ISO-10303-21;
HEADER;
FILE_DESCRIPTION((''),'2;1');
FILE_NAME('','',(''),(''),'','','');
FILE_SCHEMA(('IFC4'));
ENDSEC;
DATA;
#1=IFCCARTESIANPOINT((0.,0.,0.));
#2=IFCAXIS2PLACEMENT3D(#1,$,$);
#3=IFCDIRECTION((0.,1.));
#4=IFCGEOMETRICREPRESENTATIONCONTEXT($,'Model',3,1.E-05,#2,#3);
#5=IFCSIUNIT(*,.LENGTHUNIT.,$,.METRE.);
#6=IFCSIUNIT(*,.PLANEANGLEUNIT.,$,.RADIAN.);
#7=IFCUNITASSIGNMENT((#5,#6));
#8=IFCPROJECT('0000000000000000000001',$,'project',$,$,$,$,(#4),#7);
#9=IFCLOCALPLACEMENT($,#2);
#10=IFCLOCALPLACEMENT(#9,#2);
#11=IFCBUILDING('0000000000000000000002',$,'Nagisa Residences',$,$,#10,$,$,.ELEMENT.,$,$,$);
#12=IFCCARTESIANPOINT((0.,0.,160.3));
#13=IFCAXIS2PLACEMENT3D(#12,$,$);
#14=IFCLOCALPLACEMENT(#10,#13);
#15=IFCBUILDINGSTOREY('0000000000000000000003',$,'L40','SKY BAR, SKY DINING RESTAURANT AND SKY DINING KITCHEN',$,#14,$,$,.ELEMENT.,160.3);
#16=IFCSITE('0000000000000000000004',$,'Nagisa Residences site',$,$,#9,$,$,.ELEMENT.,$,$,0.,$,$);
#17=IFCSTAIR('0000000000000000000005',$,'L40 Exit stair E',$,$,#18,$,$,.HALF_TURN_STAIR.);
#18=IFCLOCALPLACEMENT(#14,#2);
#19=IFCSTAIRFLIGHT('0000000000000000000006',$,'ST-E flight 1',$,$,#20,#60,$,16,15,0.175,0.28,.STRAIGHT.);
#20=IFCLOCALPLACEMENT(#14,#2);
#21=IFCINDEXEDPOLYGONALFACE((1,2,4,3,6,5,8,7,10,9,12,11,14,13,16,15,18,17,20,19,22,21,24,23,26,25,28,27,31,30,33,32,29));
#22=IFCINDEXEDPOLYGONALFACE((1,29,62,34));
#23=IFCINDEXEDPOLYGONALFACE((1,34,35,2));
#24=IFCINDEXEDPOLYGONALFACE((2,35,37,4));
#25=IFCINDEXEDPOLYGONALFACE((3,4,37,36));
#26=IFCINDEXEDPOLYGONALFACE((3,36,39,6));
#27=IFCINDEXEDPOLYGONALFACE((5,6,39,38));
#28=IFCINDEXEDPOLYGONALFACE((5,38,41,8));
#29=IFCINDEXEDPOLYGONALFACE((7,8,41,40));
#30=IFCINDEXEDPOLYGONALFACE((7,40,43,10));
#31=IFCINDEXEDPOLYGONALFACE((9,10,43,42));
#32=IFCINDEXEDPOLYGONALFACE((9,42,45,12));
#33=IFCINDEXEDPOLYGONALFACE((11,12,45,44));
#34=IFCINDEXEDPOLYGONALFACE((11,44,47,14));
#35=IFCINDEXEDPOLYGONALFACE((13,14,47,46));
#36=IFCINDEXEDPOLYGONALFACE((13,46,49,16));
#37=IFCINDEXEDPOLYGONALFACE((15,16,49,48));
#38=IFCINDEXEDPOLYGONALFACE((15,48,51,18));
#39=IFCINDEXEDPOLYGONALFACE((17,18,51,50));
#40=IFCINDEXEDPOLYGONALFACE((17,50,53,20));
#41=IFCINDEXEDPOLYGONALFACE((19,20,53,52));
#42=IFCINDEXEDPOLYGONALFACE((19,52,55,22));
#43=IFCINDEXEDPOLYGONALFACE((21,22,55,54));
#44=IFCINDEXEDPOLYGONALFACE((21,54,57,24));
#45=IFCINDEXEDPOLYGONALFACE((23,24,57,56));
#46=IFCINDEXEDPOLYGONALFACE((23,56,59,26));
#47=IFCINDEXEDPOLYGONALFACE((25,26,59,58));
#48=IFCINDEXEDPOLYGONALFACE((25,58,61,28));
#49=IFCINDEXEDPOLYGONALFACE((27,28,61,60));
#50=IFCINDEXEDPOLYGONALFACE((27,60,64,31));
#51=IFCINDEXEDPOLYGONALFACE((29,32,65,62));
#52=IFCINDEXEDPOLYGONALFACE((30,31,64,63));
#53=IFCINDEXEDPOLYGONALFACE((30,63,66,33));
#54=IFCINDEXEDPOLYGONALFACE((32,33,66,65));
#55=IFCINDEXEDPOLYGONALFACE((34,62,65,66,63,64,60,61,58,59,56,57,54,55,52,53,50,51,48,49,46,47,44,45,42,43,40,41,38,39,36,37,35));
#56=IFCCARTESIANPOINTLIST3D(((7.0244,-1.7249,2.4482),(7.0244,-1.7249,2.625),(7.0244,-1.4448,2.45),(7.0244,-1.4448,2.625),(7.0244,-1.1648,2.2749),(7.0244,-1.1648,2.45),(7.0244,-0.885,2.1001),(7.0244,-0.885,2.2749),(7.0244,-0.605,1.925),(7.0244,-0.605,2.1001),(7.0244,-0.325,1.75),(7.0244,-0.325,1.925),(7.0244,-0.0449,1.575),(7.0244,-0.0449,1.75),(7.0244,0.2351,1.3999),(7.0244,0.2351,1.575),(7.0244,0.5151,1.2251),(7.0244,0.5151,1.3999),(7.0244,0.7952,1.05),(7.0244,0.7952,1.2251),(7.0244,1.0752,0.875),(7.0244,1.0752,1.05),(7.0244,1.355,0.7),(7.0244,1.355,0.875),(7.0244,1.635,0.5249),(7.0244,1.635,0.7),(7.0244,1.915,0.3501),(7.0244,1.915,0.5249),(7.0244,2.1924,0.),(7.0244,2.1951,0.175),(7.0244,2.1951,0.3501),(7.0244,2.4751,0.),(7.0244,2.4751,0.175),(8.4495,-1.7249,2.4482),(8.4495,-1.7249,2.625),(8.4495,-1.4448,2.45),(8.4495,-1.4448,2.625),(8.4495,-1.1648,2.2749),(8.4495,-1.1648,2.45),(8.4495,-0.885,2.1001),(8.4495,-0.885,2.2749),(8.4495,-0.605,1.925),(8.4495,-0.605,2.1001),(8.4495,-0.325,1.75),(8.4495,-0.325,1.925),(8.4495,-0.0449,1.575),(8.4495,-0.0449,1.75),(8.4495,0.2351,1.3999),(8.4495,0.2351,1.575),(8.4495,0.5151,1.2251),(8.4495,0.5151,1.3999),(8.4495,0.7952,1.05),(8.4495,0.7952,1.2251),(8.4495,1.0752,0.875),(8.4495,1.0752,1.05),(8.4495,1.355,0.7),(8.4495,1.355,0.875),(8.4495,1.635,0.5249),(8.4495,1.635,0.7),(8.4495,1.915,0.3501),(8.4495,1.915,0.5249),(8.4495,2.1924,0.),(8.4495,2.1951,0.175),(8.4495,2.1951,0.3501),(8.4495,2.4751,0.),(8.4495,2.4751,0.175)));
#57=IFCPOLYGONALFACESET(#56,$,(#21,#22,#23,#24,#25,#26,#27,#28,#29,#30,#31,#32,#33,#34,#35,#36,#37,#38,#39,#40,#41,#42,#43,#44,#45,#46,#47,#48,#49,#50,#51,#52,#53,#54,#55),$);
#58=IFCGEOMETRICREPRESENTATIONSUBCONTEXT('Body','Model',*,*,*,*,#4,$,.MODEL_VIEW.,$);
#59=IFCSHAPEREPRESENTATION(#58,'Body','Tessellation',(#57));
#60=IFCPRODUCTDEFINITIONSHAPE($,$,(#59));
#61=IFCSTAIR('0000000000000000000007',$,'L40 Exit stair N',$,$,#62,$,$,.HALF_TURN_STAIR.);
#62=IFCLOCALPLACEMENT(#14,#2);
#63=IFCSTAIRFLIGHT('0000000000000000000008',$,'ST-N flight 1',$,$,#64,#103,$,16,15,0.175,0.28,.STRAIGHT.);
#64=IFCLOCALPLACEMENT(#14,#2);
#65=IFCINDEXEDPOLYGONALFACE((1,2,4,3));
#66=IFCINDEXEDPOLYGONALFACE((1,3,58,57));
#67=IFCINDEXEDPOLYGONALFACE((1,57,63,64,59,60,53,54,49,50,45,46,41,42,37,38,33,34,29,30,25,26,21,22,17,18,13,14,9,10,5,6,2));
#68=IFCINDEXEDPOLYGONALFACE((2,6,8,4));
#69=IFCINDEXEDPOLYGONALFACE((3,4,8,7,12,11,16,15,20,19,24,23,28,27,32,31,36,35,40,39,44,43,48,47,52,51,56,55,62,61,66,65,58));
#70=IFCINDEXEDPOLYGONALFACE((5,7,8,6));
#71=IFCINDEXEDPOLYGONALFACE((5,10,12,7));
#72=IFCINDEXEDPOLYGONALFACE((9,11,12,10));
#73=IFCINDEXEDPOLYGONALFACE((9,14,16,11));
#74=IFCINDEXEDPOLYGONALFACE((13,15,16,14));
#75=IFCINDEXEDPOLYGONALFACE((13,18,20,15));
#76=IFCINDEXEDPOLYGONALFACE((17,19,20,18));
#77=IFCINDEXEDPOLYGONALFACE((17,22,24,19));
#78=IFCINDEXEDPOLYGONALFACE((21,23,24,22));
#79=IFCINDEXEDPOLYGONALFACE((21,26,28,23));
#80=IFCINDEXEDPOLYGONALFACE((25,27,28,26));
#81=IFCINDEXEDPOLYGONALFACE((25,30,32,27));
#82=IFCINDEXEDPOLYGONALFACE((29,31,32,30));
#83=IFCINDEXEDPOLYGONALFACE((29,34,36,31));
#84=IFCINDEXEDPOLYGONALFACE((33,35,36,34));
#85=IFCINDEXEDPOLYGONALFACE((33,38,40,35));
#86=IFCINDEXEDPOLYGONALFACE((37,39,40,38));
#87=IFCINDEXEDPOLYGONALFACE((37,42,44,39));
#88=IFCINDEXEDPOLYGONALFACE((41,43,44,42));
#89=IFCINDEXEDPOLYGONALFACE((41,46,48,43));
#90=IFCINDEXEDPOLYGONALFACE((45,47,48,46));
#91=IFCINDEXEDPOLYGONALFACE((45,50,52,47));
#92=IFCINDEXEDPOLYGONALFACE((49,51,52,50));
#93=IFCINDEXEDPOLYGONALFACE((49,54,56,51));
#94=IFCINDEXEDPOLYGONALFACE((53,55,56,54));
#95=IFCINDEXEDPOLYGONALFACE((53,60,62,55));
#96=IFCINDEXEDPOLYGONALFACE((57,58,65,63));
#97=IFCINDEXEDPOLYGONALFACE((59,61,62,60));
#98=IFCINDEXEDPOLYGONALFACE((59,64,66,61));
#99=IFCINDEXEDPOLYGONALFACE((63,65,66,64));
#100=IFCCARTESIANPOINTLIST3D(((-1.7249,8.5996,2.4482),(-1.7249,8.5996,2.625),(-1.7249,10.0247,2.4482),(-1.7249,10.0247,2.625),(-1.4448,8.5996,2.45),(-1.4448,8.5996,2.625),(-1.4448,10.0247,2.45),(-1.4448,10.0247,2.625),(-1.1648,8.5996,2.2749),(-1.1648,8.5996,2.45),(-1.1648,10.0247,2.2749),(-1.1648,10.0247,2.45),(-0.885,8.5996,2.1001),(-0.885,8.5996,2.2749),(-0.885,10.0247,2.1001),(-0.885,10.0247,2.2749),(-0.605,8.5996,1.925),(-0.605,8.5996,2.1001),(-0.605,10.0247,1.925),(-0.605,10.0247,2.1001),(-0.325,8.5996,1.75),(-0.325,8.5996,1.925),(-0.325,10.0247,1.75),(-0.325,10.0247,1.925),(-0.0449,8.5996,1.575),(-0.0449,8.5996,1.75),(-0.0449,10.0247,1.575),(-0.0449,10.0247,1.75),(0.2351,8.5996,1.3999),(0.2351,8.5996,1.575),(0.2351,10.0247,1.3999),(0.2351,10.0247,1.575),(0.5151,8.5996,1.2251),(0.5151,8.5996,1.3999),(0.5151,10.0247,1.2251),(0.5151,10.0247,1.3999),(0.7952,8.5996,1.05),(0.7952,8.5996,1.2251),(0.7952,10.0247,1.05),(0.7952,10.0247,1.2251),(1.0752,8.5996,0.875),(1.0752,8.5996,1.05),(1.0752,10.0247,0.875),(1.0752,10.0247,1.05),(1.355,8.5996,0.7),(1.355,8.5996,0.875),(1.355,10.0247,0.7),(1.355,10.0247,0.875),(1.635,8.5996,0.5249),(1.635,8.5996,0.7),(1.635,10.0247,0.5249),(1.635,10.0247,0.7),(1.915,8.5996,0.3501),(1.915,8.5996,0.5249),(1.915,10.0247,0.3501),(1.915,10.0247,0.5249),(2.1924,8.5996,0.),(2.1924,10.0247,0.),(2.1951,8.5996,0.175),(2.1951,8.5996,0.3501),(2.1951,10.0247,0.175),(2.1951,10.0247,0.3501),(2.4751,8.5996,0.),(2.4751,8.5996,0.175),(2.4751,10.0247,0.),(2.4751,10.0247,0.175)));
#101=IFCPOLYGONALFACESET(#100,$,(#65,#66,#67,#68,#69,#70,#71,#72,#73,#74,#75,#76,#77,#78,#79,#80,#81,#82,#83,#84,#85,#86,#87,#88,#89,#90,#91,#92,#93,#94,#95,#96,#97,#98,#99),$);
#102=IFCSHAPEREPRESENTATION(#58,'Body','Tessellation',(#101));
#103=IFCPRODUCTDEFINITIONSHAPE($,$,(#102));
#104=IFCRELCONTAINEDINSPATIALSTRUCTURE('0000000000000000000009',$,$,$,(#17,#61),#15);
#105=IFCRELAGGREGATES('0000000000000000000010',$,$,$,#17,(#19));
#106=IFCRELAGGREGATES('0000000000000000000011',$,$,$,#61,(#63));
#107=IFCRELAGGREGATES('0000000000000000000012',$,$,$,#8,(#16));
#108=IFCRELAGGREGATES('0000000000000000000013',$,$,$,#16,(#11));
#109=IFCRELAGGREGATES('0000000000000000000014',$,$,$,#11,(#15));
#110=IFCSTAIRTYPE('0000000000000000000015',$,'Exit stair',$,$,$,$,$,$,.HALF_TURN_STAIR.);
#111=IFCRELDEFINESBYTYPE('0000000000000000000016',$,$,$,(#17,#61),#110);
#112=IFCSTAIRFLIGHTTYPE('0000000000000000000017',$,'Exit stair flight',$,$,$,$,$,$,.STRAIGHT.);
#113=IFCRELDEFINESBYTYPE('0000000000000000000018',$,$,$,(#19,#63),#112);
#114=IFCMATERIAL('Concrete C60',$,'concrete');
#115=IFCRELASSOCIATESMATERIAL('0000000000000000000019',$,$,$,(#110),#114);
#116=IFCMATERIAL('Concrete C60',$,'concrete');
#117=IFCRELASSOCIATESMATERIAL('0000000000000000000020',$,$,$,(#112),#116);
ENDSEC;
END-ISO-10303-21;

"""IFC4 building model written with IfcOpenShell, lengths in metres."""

from ifc_helpers import new_model, si_unit, direction, frame, origin, place, context, subcontext, project, spatial, polyline, outline, extrude, material, type_object, element, aggregate, save


model = new_model("IFC4")

# Units and contexts
model_context = context("Model", 3, precision=1e-05, world=origin(), true_north=direction((0.0, 1.0)))
body_context = subcontext(model_context, "Body", "Model", "MODEL_VIEW")
ifc_project = project(units=[si_unit("LENGTHUNIT", "METRE"), si_unit("PLANEANGLEUNIT", "RADIAN")], contexts=[model_context])

# Site, building, storey
site_placement = place(None, origin())
site = spatial("IfcSite", under=ifc_project, at=site_placement, Name="Nagisa Residences site", CompositionType="ELEMENT", RefElevation=0.0)
building_placement = place(site_placement, origin())
building = spatial("IfcBuilding", under=site, at=building_placement, Name="Nagisa Residences", CompositionType="ELEMENT")
storey_placement = place(building_placement, frame((0.0, 0.0, 160.3)))
storey = spatial("IfcBuildingStorey", under=building, at=storey_placement, Name="L40", Description="SKY BAR, SKY DINING RESTAURANT AND SKY DINING KITCHEN", CompositionType="ELEMENT", Elevation=160.3)

# Stairs, stair flights
ifc_material_1 = material(Name="Concrete C60", Category="concrete")
stair_type = type_object("IfcStairType", Name="Exit stair", PredefinedType="HALF_TURN_STAIR", material=ifc_material_1)
stair_1_placement = place(storey_placement, origin())
stair_1 = element("IfcStair", 1, at=stair_1_placement, inside=storey, type_object=stair_type, Name="L40 Exit stair E", PredefinedType="HALF_TURN_STAIR")
ifc_material_2 = material(Name="Concrete C60", Category="concrete")
stair_flight_type = type_object("IfcStairFlightType", Name="Exit stair flight", PredefinedType="STRAIGHT", material=ifc_material_2)
stair_flight_1_placement = place(storey_placement, frame((7.7371, 2.4751, 0.0), z_axis=(0.0, 0.0, 1.0), x_axis=(0.0, -1.0, 0.0)))
stair_flight_1 = element("IfcStairFlight", 2, at=stair_flight_1_placement, type_object=stair_flight_type, Name="ST-E flight 1", NumberOfRisers=16, NumberOfTreads=15, PredefinedType="STRAIGHT", RiserHeight=0.175, TreadLength=0.28, context=body_context, shape_type="SweptSolid", body=[
    extrude(outline(polyline([(0.0, 0.0), (0.0, 0.175), (0.28, 0.175), (0.28, 0.3501), (0.5601, 0.3501), (0.5601, 0.5249), (0.8401, 0.5249), (0.8401, 0.7), (1.1201, 0.7), (1.1201, 0.875), (1.3999, 0.875), (1.3999, 1.05), (1.6799, 1.05), (1.6799, 1.2251), (1.96, 1.2251), (1.96, 1.3999), (2.24, 1.3999), (2.24, 1.575), (2.52, 1.575), (2.52, 1.75), (2.8, 1.75), (2.8, 1.925), (3.0801, 1.925), (3.0801, 2.1001), (3.3601, 2.1001), (3.3601, 2.2749), (3.6399, 2.2749), (3.6399, 2.45), (3.9199, 2.45), (3.9199, 2.625), (4.2, 2.625), (4.2, 2.8), (4.2, 2.4482), (0.2827, 0.0), (0.0, 0.0)])), frame((0.0, 0.7124, 0.0), z_axis=(0.0, -1.0, 0.0), x_axis=(1.0, 0.0, 0.0)), (0.0, 0.0, 1.0), 1.425),
])
aggregate(stair_1, [stair_flight_1])
stair_2_placement = place(storey_placement, origin())
stair_2 = element("IfcStair", 3, at=stair_2_placement, inside=storey, type_object=stair_type, Name="L40 Exit stair N", PredefinedType="HALF_TURN_STAIR")
stair_flight_2_placement = place(storey_placement, frame((2.4751, 9.312, 0.0), z_axis=(0.0, 0.0, 1.0), x_axis=(-1.0, 0.0, 0.0)))
stair_flight_2 = element("IfcStairFlight", 4, at=stair_flight_2_placement, type_object=stair_flight_type, Name="ST-N flight 1", NumberOfRisers=16, NumberOfTreads=15, PredefinedType="STRAIGHT", RiserHeight=0.175, TreadLength=0.28, context=body_context, shape_type="SweptSolid", body=[
    extrude(outline(polyline([(0.0, 0.0), (0.0, 0.175), (0.28, 0.175), (0.28, 0.3501), (0.5601, 0.3501), (0.5601, 0.5249), (0.8401, 0.5249), (0.8401, 0.7), (1.1201, 0.7), (1.1201, 0.875), (1.3999, 0.875), (1.3999, 1.05), (1.6799, 1.05), (1.6799, 1.2251), (1.96, 1.2251), (1.96, 1.3999), (2.24, 1.3999), (2.24, 1.575), (2.52, 1.575), (2.52, 1.75), (2.8, 1.75), (2.8, 1.925), (3.0801, 1.925), (3.0801, 2.1001), (3.3601, 2.1001), (3.3601, 2.2749), (3.6399, 2.2749), (3.6399, 2.45), (3.9199, 2.45), (3.9199, 2.625), (4.2, 2.625), (4.2, 2.8), (4.2, 2.4482), (0.2827, 0.0), (0.0, 0.0)])), frame((0.0, 0.7124, 0.0), z_axis=(0.0, -1.0, 0.0), x_axis=(1.0, 0.0, 0.0)), (0.0, 0.0, 1.0), 1.425),
])
aggregate(stair_2, [stair_flight_2])

save(model, "model.ifc")
